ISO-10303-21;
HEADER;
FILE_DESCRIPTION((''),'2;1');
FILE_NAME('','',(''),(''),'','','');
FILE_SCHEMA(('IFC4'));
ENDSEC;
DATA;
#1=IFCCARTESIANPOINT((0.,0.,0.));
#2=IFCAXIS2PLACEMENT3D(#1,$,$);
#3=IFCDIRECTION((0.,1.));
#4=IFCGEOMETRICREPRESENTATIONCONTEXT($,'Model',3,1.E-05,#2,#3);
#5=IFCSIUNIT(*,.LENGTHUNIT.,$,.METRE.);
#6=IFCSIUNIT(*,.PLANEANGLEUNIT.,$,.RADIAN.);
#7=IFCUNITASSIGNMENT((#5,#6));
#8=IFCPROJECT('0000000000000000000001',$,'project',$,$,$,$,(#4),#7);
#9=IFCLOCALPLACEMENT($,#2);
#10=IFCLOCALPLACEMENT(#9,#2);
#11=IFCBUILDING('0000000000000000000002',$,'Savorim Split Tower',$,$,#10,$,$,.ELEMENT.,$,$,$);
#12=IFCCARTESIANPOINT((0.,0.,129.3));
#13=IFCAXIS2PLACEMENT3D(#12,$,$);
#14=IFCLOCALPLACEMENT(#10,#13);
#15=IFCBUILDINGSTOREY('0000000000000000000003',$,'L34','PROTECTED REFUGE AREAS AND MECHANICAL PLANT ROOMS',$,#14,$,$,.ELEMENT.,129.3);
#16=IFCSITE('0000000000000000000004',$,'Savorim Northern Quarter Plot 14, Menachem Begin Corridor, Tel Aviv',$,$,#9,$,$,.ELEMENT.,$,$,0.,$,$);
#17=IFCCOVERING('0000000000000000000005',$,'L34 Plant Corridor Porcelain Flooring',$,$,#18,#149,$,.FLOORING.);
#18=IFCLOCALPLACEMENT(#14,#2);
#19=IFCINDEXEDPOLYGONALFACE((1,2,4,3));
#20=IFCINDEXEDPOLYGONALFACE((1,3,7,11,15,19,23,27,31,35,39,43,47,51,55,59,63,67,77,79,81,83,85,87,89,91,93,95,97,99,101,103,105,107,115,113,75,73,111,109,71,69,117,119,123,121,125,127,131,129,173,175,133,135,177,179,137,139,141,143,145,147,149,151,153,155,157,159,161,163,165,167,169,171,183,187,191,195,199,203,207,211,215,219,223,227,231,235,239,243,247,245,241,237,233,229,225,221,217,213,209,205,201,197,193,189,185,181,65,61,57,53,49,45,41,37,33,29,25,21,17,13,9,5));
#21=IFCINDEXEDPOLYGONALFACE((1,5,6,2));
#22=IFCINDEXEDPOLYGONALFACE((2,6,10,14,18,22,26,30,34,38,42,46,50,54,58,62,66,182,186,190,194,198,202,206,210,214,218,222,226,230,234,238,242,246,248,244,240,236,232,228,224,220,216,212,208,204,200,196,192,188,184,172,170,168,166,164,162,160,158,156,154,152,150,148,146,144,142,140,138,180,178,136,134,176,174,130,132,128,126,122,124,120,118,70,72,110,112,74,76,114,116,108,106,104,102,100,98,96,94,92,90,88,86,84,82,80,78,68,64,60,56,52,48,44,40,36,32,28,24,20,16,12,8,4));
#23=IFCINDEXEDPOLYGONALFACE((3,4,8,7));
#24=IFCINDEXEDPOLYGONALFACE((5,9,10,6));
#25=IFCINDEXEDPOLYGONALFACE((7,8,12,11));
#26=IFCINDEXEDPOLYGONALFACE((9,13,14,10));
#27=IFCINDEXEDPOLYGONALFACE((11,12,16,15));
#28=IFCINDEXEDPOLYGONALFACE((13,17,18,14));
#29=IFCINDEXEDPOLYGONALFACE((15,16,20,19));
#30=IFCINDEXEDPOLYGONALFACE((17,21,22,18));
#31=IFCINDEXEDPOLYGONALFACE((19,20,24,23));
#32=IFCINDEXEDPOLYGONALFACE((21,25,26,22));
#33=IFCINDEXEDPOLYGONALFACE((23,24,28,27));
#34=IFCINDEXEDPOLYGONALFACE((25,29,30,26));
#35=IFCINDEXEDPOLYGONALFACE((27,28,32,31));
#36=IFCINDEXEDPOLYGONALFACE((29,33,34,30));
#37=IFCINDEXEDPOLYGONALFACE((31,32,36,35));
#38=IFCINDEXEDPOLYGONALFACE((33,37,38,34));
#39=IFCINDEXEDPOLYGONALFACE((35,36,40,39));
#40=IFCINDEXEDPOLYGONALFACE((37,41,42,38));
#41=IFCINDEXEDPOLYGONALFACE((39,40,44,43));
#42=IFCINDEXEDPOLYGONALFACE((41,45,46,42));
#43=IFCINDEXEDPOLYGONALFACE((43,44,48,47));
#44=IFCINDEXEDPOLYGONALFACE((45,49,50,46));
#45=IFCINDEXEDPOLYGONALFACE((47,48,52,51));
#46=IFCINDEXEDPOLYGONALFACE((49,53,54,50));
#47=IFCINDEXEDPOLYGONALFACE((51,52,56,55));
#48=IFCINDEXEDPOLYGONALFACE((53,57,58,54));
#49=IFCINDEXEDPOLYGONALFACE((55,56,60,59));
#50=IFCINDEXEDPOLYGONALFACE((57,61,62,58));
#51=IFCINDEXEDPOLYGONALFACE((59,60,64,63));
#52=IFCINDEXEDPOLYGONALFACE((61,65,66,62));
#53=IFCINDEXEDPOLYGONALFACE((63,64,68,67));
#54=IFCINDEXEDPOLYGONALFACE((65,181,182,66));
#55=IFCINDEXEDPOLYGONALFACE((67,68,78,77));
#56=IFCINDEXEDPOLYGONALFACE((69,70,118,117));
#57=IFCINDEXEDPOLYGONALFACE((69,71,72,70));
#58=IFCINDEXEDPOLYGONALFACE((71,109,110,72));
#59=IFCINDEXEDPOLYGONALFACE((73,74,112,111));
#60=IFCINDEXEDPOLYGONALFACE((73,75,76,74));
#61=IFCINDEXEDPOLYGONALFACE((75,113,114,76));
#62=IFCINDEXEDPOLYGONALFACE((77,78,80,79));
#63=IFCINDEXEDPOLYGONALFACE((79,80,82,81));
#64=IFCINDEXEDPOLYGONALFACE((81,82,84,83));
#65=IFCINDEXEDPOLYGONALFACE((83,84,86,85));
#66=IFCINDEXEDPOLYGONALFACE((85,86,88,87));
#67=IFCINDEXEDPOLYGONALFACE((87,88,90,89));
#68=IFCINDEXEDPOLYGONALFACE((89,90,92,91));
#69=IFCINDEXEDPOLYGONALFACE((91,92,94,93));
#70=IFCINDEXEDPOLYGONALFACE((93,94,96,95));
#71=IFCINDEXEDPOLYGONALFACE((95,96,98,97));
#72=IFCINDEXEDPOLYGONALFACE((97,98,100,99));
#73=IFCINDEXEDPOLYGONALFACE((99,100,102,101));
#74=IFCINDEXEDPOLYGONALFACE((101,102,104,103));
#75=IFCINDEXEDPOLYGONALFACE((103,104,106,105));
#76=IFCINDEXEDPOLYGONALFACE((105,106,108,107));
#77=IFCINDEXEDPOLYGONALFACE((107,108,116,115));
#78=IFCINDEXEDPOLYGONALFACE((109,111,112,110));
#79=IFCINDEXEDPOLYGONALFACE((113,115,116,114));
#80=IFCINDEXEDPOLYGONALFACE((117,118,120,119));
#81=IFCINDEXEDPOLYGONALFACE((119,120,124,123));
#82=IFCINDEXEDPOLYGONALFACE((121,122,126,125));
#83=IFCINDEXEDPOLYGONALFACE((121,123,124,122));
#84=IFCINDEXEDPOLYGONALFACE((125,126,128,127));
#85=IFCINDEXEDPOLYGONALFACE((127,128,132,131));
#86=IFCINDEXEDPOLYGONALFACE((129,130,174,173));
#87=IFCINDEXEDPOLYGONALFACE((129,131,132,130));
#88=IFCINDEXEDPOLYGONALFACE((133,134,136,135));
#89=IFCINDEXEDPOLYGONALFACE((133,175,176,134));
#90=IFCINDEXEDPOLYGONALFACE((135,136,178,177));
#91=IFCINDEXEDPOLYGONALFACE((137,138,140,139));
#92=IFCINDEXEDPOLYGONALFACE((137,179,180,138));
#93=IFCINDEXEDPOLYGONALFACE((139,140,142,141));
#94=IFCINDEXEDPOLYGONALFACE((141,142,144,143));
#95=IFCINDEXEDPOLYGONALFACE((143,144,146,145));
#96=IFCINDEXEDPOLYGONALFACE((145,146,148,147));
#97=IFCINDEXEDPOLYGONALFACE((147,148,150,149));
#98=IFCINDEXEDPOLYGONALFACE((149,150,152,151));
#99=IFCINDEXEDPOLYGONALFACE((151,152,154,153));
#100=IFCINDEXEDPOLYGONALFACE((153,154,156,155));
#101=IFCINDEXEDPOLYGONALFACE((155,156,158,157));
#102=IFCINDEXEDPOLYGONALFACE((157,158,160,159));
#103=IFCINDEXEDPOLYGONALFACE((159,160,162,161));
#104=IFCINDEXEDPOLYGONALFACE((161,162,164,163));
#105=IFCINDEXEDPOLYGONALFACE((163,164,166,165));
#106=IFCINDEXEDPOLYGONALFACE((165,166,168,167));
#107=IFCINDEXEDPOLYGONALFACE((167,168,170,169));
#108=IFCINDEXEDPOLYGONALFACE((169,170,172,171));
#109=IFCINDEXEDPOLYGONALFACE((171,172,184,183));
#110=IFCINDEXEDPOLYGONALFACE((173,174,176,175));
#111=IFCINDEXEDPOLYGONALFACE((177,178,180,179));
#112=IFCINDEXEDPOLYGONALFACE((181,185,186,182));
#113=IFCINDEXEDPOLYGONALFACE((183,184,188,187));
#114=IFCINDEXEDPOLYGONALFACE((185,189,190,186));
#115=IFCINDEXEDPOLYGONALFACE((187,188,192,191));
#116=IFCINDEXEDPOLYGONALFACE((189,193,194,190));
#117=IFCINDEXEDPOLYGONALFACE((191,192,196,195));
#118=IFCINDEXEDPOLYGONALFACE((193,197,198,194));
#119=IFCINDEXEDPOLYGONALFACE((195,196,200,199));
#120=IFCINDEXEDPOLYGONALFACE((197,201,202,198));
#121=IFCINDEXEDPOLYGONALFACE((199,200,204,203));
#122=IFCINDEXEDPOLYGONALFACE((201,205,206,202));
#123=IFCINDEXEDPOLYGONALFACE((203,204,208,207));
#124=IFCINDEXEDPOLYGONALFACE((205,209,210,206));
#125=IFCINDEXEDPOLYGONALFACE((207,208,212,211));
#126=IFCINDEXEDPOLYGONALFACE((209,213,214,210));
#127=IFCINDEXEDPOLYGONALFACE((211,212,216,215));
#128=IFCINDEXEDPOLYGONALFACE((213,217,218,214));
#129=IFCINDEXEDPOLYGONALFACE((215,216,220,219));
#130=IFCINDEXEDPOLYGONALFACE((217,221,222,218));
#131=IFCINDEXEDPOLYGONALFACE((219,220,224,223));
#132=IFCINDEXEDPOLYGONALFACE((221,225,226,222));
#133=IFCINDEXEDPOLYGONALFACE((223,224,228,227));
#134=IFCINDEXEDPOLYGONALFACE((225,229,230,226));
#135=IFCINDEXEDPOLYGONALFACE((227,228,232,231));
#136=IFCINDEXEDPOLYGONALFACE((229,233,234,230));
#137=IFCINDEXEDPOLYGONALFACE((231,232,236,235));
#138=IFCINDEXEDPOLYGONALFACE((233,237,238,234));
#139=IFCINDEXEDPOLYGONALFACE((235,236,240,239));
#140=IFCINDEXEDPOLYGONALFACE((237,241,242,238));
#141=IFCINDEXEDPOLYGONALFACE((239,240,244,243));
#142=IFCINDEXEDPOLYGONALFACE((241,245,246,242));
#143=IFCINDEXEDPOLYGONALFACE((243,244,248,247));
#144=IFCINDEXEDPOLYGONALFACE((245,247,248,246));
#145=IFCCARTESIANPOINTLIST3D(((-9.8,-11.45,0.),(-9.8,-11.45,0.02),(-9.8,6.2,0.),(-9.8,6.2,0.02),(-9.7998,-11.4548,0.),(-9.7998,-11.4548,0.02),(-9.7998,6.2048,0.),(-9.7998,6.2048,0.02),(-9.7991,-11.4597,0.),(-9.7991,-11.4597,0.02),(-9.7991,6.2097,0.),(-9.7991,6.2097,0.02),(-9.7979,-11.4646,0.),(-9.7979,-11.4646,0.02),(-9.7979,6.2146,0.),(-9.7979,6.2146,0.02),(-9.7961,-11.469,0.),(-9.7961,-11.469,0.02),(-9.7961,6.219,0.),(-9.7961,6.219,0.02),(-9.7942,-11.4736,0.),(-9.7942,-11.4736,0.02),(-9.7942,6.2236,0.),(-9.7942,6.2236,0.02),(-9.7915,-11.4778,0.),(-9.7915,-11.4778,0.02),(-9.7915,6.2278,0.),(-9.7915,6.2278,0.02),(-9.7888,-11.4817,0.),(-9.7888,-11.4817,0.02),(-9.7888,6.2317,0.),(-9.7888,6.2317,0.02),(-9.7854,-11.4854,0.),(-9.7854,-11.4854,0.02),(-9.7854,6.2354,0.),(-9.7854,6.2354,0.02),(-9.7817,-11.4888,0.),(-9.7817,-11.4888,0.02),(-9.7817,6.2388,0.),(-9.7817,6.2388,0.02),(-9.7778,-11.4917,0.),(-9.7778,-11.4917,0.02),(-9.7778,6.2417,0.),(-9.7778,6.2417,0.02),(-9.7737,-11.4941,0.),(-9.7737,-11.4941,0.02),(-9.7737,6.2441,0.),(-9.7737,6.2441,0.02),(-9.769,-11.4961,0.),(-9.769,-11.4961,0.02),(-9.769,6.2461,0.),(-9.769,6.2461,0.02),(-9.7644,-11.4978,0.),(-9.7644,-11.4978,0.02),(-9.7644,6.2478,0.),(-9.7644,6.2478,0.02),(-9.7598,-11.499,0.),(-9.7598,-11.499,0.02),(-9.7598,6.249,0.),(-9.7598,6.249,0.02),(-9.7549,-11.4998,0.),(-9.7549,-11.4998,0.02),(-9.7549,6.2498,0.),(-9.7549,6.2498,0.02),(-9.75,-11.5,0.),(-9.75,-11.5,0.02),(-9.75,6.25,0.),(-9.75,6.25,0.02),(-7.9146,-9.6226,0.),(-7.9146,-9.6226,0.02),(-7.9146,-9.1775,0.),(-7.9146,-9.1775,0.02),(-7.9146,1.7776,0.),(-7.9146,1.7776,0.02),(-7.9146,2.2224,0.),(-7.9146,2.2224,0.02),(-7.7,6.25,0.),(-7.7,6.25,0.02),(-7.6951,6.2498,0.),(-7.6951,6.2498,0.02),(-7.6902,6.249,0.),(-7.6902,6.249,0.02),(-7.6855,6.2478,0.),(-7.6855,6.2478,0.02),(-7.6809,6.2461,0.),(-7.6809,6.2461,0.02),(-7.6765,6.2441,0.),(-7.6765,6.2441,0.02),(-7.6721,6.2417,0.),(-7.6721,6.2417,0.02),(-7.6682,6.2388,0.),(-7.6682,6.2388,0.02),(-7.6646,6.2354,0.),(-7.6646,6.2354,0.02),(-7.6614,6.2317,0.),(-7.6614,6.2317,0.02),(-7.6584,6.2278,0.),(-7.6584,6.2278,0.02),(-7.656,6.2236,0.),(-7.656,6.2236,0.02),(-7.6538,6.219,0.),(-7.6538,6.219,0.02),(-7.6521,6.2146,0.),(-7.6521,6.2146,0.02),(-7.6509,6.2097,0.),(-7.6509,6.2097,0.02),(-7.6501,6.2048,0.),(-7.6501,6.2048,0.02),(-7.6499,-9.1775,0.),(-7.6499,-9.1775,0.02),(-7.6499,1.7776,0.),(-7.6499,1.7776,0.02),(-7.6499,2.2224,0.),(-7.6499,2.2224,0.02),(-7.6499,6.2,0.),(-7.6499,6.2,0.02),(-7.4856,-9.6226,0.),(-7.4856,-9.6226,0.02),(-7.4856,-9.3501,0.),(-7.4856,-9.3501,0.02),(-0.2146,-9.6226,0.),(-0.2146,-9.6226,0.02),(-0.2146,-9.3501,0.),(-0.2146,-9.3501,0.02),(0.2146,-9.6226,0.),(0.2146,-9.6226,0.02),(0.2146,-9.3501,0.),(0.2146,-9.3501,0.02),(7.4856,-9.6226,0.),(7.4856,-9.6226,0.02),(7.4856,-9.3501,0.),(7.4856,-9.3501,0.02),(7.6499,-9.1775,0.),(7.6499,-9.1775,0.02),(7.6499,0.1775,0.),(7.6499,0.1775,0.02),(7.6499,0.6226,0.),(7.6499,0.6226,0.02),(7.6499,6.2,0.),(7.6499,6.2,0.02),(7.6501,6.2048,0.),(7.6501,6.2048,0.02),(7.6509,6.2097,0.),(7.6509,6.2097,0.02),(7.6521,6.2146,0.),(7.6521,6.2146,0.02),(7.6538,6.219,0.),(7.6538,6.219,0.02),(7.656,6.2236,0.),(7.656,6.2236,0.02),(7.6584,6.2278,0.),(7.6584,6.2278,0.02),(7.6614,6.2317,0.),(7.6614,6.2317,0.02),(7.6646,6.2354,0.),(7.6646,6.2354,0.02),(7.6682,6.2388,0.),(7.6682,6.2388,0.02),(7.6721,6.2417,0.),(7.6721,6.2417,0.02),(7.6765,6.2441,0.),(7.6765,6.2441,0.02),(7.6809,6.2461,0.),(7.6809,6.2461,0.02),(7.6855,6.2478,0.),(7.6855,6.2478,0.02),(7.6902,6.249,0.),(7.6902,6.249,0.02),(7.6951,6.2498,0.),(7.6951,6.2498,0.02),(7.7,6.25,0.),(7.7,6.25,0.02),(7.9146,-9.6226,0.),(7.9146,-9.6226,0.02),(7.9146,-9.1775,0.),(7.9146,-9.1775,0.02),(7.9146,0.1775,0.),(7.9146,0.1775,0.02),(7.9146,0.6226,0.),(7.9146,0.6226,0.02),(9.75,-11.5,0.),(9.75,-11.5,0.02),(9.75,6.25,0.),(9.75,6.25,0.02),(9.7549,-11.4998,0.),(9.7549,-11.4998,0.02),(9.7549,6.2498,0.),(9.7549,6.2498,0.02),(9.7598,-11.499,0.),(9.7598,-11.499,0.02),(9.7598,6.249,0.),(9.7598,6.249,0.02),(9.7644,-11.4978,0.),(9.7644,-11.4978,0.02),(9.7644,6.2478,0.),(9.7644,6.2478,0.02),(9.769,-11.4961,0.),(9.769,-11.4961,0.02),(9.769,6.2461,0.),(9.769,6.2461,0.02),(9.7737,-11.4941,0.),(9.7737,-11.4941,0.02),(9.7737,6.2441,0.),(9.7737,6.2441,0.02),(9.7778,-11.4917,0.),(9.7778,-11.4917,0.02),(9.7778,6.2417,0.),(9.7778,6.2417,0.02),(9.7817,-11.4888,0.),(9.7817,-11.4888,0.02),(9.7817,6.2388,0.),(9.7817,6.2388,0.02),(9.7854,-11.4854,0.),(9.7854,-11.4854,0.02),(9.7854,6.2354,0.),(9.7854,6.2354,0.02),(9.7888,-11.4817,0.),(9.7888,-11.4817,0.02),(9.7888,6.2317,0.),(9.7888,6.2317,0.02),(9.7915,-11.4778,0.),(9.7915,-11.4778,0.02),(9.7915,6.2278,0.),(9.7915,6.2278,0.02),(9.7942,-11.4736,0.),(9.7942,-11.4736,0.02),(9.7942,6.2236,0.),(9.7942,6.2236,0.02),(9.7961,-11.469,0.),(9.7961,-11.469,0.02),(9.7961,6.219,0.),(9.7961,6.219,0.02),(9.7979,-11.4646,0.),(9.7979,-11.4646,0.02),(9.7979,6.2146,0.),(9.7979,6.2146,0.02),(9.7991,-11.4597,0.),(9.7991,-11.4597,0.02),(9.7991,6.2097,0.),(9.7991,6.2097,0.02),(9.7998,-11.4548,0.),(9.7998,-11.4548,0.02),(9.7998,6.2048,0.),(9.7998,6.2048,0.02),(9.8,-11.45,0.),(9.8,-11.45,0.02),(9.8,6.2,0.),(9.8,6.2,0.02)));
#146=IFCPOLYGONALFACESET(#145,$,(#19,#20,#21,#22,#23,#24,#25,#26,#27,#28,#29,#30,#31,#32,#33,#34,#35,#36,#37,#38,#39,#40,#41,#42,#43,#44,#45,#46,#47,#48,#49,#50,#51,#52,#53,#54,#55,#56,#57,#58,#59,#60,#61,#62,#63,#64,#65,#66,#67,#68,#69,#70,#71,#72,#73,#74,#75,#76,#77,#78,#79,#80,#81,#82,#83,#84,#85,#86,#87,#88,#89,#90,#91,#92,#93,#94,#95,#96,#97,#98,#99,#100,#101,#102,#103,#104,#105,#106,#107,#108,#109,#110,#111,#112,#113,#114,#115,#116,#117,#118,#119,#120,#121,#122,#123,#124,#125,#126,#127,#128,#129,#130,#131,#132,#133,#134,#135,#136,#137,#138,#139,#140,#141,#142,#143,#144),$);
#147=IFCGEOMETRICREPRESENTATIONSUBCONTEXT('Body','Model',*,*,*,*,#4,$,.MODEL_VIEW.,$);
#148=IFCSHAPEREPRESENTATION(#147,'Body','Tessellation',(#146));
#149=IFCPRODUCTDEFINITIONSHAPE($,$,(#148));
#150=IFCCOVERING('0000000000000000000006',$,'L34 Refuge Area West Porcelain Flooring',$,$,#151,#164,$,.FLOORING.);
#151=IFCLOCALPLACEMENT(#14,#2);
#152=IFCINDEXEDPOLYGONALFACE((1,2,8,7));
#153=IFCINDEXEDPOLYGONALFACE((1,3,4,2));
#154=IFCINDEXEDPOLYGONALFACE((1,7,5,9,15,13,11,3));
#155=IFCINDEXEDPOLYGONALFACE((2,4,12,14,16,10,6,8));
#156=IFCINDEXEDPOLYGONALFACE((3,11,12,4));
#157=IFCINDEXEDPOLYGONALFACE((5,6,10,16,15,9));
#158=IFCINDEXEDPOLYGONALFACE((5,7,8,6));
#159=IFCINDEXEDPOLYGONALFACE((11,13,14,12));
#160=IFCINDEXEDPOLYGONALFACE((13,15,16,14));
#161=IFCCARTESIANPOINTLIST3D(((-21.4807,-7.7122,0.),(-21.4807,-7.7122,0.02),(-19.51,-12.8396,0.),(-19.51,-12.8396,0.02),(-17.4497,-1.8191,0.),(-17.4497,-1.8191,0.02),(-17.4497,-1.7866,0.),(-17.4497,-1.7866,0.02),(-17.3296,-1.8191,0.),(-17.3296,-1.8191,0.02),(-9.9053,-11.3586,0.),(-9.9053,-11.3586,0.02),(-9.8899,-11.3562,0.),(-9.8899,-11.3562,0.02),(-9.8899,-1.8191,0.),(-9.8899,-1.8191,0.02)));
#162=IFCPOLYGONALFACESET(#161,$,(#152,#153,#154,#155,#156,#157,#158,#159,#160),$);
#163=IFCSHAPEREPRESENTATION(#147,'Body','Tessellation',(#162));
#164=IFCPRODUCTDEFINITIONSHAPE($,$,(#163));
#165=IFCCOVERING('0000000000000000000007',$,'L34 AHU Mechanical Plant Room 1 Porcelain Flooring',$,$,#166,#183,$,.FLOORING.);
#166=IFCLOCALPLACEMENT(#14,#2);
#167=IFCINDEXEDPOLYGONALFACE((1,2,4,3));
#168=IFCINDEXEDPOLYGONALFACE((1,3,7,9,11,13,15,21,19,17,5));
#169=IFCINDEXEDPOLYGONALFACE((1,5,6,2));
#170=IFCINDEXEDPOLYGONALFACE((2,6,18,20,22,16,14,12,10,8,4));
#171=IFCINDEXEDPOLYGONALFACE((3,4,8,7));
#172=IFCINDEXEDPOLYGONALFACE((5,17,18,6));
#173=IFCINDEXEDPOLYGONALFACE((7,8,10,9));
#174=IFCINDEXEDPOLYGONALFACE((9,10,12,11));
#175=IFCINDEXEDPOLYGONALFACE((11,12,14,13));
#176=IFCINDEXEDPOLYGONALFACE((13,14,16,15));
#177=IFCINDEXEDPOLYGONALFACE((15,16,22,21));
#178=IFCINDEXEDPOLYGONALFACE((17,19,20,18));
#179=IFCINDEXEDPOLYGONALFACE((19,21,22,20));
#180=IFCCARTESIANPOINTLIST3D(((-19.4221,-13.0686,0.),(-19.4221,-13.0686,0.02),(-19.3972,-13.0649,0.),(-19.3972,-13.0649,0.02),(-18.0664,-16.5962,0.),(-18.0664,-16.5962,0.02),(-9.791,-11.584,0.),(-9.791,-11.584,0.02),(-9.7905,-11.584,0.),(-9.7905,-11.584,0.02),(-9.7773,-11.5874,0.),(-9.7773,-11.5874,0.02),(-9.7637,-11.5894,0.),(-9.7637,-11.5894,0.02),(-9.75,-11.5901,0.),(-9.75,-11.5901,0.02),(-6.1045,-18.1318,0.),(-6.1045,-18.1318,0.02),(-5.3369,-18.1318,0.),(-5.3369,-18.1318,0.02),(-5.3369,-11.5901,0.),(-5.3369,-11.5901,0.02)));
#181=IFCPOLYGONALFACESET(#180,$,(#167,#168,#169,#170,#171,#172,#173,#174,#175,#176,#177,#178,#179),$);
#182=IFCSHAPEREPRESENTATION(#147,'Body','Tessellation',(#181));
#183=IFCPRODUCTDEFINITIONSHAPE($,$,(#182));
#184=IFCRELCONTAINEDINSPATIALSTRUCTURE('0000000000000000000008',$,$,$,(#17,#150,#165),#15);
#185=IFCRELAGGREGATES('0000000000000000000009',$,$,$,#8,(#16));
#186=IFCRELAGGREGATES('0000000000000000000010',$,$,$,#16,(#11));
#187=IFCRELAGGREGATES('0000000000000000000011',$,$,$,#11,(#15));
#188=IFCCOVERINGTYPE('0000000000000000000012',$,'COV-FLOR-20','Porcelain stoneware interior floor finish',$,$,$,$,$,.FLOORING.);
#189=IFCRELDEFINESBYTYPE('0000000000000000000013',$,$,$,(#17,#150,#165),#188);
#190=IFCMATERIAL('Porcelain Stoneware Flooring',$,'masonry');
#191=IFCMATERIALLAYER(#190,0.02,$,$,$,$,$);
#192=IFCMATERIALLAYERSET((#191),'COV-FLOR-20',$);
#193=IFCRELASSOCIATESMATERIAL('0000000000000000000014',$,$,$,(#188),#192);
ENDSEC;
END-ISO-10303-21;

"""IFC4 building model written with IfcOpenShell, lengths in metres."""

from ifc_helpers import new_model, si_unit, direction, frame, origin, place, context, subcontext, project, spatial, polyline, outline, extrude, material, layer, layer_set, type_object, element, save


model = new_model("IFC4")

# Units and contexts
model_context = context("Model", 3, precision=1e-05, world=origin(), true_north=direction((0.0, 1.0)))
body_context = subcontext(model_context, "Body", "Model", "MODEL_VIEW")
ifc_project = project(units=[si_unit("LENGTHUNIT", "METRE"), si_unit("PLANEANGLEUNIT", "RADIAN")], contexts=[model_context])

# Site, building, storey
site_placement = place(None, origin())
site = spatial("IfcSite", under=ifc_project, at=site_placement, Name="Savorim Northern Quarter Plot 14, Menachem Begin Corridor, Tel Aviv", CompositionType="ELEMENT", RefElevation=0.0)
building_placement = place(site_placement, origin())
building = spatial("IfcBuilding", under=site, at=building_placement, Name="Savorim Split Tower", CompositionType="ELEMENT")
storey_placement = place(building_placement, frame((0.0, 0.0, 129.3)))
storey = spatial("IfcBuildingStorey", under=building, at=storey_placement, Name="L34", Description="PROTECTED REFUGE AREAS AND MECHANICAL PLANT ROOMS", CompositionType="ELEMENT", Elevation=129.3)

# Coverings
ifc_material_1 = material(Name="Porcelain Stoneware Flooring", Category="masonry")
ifc_layer_1 = layer(ifc_material_1, 0.02)
ifc_layer_set_1 = layer_set([ifc_layer_1], Name="COV-FLOR-20")
covering_type_1 = type_object("IfcCoveringType", Name="COV-FLOR-20", Description="Porcelain stoneware interior floor finish", PredefinedType="FLOORING", material=ifc_layer_set_1)
covering_1_placement = place(storey_placement, origin())
element("IfcCovering", 1, at=covering_1_placement, inside=storey, type_object=covering_type_1, Name="L34 Plant Corridor Porcelain Flooring", PredefinedType="FLOORING", context=body_context, shape_type="SweptSolid", body=[
    extrude(outline(polyline([(7.9146, 0.1775), (7.6499, 0.1775), (7.6499, -9.1775), (7.9146, -9.1775), (7.9146, -9.6226), (7.4856, -9.6226), (7.4856, -9.3501), (0.2146, -9.3501), (0.2146, -9.6226), (-0.2146, -9.6226), (-0.2146, -9.3501), (-7.4856, -9.3501), (-7.4856, -9.6226), (-7.9146, -9.6226), (-7.9146, -9.1775), (-7.6499, -9.1775), (-7.6499, 1.7776), (-7.9146, 1.7776), (-7.9146, 2.2224), (-7.6499, 2.2224), (-7.6499, 6.2), (-7.6501, 6.2048), (-7.6509, 6.2097), (-7.6521, 6.2146), (-7.6538, 6.219), (-7.656, 6.2236), (-7.6584, 6.2278), (-7.6614, 6.2317), (-7.6646, 6.2354), (-7.6682, 6.2388), (-7.6721, 6.2417), (-7.6765, 6.2441), (-7.6809, 6.2461), (-7.6855, 6.2478), (-7.6902, 6.249), (-7.6951, 6.2498), (-7.7, 6.25), (-9.75, 6.25), (-9.7549, 6.2498), (-9.7598, 6.249), (-9.7644, 6.2478), (-9.769, 6.2461), (-9.7737, 6.2441), (-9.7778, 6.2417), (-9.7817, 6.2388), (-9.7854, 6.2354), (-9.7888, 6.2317), (-9.7915, 6.2278), (-9.7942, 6.2236), (-9.7961, 6.219), (-9.7979, 6.2146), (-9.7991, 6.2097), (-9.7998, 6.2048), (-9.8, 6.2), (-9.8, -11.45), (-9.7998, -11.4548), (-9.7991, -11.4597), (-9.7979, -11.4646), (-9.7961, -11.469), (-9.7942, -11.4736), (-9.7915, -11.4778), (-9.7888, -11.4817), (-9.7854, -11.4854), (-9.7817, -11.4888), (-9.7778, -11.4917), (-9.7737, -11.4941), (-9.769, -11.4961), (-9.7644, -11.4978), (-9.7598, -11.499), (-9.7549, -11.4998), (-9.75, -11.5), (9.75, -11.5), (9.7549, -11.4998), (9.7598, -11.499), (9.7644, -11.4978), (9.769, -11.4961), (9.7737, -11.4941), (9.7778, -11.4917), (9.7817, -11.4888), (9.7854, -11.4854), (9.7888, -11.4817), (9.7915, -11.4778), (9.7942, -11.4736), (9.7961, -11.469), (9.7979, -11.4646), (9.7991, -11.4597), (9.7998, -11.4548), (9.8, -11.45), (9.8, 6.2), (9.7998, 6.2048), (9.7991, 6.2097), (9.7979, 6.2146), (9.7961, 6.219), (9.7942, 6.2236), (9.7915, 6.2278), (9.7888, 6.2317), (9.7854, 6.2354), (9.7817, 6.2388), (9.7778, 6.2417), (9.7737, 6.2441), (9.769, 6.2461), (9.7644, 6.2478), (9.7598, 6.249), (9.7549, 6.2498), (9.75, 6.25), (7.7, 6.25), (7.6951, 6.2498), (7.6902, 6.249), (7.6855, 6.2478), (7.6809, 6.2461), (7.6765, 6.2441), (7.6721, 6.2417), (7.6682, 6.2388), (7.6646, 6.2354), (7.6614, 6.2317), (7.6584, 6.2278), (7.656, 6.2236), (7.6538, 6.219), (7.6521, 6.2146), (7.6509, 6.2097), (7.6501, 6.2048), (7.6499, 6.2), (7.6499, 0.6226), (7.9146, 0.6226), (7.9146, 0.1775)])), origin(), (0.0, 0.0, 1.0), 0.02),
])
covering_2_placement = place(storey_placement, origin())
element("IfcCovering", 2, at=covering_2_placement, inside=storey, type_object=covering_type_1, Name="L34 Refuge Area West Porcelain Flooring", PredefinedType="FLOORING", context=body_context, shape_type="SweptSolid", body=[
    extrude(outline(polyline([(-17.4497, -1.8191), (-17.4497, -1.7866), (-21.4807, -7.7122), (-19.51, -12.8396), (-9.9053, -11.3586), (-9.8899, -11.3562), (-9.8899, -1.8191), (-17.3296, -1.8191), (-17.4497, -1.8191)])), origin(), (0.0, 0.0, 1.0), 0.02),
])
covering_3_placement = place(storey_placement, origin())
element("IfcCovering", 3, at=covering_3_placement, inside=storey, type_object=covering_type_1, Name="L34 AHU Mechanical Plant Room 1 Porcelain Flooring", PredefinedType="FLOORING", context=body_context, shape_type="SweptSolid", body=[
    extrude(outline(polyline([(-19.4221, -13.0686), (-18.0664, -16.5962), (-6.1045, -18.1318), (-5.3369, -18.1318), (-5.3369, -11.5901), (-9.75, -11.5901), (-9.7637, -11.5894), (-9.7773, -11.5874), (-9.7905, -11.584), (-9.791, -11.584), (-19.3972, -13.0649), (-19.4221, -13.0686)])), origin(), (0.0, 0.0, 1.0), 0.02),
])

save(model, "model.ifc")
